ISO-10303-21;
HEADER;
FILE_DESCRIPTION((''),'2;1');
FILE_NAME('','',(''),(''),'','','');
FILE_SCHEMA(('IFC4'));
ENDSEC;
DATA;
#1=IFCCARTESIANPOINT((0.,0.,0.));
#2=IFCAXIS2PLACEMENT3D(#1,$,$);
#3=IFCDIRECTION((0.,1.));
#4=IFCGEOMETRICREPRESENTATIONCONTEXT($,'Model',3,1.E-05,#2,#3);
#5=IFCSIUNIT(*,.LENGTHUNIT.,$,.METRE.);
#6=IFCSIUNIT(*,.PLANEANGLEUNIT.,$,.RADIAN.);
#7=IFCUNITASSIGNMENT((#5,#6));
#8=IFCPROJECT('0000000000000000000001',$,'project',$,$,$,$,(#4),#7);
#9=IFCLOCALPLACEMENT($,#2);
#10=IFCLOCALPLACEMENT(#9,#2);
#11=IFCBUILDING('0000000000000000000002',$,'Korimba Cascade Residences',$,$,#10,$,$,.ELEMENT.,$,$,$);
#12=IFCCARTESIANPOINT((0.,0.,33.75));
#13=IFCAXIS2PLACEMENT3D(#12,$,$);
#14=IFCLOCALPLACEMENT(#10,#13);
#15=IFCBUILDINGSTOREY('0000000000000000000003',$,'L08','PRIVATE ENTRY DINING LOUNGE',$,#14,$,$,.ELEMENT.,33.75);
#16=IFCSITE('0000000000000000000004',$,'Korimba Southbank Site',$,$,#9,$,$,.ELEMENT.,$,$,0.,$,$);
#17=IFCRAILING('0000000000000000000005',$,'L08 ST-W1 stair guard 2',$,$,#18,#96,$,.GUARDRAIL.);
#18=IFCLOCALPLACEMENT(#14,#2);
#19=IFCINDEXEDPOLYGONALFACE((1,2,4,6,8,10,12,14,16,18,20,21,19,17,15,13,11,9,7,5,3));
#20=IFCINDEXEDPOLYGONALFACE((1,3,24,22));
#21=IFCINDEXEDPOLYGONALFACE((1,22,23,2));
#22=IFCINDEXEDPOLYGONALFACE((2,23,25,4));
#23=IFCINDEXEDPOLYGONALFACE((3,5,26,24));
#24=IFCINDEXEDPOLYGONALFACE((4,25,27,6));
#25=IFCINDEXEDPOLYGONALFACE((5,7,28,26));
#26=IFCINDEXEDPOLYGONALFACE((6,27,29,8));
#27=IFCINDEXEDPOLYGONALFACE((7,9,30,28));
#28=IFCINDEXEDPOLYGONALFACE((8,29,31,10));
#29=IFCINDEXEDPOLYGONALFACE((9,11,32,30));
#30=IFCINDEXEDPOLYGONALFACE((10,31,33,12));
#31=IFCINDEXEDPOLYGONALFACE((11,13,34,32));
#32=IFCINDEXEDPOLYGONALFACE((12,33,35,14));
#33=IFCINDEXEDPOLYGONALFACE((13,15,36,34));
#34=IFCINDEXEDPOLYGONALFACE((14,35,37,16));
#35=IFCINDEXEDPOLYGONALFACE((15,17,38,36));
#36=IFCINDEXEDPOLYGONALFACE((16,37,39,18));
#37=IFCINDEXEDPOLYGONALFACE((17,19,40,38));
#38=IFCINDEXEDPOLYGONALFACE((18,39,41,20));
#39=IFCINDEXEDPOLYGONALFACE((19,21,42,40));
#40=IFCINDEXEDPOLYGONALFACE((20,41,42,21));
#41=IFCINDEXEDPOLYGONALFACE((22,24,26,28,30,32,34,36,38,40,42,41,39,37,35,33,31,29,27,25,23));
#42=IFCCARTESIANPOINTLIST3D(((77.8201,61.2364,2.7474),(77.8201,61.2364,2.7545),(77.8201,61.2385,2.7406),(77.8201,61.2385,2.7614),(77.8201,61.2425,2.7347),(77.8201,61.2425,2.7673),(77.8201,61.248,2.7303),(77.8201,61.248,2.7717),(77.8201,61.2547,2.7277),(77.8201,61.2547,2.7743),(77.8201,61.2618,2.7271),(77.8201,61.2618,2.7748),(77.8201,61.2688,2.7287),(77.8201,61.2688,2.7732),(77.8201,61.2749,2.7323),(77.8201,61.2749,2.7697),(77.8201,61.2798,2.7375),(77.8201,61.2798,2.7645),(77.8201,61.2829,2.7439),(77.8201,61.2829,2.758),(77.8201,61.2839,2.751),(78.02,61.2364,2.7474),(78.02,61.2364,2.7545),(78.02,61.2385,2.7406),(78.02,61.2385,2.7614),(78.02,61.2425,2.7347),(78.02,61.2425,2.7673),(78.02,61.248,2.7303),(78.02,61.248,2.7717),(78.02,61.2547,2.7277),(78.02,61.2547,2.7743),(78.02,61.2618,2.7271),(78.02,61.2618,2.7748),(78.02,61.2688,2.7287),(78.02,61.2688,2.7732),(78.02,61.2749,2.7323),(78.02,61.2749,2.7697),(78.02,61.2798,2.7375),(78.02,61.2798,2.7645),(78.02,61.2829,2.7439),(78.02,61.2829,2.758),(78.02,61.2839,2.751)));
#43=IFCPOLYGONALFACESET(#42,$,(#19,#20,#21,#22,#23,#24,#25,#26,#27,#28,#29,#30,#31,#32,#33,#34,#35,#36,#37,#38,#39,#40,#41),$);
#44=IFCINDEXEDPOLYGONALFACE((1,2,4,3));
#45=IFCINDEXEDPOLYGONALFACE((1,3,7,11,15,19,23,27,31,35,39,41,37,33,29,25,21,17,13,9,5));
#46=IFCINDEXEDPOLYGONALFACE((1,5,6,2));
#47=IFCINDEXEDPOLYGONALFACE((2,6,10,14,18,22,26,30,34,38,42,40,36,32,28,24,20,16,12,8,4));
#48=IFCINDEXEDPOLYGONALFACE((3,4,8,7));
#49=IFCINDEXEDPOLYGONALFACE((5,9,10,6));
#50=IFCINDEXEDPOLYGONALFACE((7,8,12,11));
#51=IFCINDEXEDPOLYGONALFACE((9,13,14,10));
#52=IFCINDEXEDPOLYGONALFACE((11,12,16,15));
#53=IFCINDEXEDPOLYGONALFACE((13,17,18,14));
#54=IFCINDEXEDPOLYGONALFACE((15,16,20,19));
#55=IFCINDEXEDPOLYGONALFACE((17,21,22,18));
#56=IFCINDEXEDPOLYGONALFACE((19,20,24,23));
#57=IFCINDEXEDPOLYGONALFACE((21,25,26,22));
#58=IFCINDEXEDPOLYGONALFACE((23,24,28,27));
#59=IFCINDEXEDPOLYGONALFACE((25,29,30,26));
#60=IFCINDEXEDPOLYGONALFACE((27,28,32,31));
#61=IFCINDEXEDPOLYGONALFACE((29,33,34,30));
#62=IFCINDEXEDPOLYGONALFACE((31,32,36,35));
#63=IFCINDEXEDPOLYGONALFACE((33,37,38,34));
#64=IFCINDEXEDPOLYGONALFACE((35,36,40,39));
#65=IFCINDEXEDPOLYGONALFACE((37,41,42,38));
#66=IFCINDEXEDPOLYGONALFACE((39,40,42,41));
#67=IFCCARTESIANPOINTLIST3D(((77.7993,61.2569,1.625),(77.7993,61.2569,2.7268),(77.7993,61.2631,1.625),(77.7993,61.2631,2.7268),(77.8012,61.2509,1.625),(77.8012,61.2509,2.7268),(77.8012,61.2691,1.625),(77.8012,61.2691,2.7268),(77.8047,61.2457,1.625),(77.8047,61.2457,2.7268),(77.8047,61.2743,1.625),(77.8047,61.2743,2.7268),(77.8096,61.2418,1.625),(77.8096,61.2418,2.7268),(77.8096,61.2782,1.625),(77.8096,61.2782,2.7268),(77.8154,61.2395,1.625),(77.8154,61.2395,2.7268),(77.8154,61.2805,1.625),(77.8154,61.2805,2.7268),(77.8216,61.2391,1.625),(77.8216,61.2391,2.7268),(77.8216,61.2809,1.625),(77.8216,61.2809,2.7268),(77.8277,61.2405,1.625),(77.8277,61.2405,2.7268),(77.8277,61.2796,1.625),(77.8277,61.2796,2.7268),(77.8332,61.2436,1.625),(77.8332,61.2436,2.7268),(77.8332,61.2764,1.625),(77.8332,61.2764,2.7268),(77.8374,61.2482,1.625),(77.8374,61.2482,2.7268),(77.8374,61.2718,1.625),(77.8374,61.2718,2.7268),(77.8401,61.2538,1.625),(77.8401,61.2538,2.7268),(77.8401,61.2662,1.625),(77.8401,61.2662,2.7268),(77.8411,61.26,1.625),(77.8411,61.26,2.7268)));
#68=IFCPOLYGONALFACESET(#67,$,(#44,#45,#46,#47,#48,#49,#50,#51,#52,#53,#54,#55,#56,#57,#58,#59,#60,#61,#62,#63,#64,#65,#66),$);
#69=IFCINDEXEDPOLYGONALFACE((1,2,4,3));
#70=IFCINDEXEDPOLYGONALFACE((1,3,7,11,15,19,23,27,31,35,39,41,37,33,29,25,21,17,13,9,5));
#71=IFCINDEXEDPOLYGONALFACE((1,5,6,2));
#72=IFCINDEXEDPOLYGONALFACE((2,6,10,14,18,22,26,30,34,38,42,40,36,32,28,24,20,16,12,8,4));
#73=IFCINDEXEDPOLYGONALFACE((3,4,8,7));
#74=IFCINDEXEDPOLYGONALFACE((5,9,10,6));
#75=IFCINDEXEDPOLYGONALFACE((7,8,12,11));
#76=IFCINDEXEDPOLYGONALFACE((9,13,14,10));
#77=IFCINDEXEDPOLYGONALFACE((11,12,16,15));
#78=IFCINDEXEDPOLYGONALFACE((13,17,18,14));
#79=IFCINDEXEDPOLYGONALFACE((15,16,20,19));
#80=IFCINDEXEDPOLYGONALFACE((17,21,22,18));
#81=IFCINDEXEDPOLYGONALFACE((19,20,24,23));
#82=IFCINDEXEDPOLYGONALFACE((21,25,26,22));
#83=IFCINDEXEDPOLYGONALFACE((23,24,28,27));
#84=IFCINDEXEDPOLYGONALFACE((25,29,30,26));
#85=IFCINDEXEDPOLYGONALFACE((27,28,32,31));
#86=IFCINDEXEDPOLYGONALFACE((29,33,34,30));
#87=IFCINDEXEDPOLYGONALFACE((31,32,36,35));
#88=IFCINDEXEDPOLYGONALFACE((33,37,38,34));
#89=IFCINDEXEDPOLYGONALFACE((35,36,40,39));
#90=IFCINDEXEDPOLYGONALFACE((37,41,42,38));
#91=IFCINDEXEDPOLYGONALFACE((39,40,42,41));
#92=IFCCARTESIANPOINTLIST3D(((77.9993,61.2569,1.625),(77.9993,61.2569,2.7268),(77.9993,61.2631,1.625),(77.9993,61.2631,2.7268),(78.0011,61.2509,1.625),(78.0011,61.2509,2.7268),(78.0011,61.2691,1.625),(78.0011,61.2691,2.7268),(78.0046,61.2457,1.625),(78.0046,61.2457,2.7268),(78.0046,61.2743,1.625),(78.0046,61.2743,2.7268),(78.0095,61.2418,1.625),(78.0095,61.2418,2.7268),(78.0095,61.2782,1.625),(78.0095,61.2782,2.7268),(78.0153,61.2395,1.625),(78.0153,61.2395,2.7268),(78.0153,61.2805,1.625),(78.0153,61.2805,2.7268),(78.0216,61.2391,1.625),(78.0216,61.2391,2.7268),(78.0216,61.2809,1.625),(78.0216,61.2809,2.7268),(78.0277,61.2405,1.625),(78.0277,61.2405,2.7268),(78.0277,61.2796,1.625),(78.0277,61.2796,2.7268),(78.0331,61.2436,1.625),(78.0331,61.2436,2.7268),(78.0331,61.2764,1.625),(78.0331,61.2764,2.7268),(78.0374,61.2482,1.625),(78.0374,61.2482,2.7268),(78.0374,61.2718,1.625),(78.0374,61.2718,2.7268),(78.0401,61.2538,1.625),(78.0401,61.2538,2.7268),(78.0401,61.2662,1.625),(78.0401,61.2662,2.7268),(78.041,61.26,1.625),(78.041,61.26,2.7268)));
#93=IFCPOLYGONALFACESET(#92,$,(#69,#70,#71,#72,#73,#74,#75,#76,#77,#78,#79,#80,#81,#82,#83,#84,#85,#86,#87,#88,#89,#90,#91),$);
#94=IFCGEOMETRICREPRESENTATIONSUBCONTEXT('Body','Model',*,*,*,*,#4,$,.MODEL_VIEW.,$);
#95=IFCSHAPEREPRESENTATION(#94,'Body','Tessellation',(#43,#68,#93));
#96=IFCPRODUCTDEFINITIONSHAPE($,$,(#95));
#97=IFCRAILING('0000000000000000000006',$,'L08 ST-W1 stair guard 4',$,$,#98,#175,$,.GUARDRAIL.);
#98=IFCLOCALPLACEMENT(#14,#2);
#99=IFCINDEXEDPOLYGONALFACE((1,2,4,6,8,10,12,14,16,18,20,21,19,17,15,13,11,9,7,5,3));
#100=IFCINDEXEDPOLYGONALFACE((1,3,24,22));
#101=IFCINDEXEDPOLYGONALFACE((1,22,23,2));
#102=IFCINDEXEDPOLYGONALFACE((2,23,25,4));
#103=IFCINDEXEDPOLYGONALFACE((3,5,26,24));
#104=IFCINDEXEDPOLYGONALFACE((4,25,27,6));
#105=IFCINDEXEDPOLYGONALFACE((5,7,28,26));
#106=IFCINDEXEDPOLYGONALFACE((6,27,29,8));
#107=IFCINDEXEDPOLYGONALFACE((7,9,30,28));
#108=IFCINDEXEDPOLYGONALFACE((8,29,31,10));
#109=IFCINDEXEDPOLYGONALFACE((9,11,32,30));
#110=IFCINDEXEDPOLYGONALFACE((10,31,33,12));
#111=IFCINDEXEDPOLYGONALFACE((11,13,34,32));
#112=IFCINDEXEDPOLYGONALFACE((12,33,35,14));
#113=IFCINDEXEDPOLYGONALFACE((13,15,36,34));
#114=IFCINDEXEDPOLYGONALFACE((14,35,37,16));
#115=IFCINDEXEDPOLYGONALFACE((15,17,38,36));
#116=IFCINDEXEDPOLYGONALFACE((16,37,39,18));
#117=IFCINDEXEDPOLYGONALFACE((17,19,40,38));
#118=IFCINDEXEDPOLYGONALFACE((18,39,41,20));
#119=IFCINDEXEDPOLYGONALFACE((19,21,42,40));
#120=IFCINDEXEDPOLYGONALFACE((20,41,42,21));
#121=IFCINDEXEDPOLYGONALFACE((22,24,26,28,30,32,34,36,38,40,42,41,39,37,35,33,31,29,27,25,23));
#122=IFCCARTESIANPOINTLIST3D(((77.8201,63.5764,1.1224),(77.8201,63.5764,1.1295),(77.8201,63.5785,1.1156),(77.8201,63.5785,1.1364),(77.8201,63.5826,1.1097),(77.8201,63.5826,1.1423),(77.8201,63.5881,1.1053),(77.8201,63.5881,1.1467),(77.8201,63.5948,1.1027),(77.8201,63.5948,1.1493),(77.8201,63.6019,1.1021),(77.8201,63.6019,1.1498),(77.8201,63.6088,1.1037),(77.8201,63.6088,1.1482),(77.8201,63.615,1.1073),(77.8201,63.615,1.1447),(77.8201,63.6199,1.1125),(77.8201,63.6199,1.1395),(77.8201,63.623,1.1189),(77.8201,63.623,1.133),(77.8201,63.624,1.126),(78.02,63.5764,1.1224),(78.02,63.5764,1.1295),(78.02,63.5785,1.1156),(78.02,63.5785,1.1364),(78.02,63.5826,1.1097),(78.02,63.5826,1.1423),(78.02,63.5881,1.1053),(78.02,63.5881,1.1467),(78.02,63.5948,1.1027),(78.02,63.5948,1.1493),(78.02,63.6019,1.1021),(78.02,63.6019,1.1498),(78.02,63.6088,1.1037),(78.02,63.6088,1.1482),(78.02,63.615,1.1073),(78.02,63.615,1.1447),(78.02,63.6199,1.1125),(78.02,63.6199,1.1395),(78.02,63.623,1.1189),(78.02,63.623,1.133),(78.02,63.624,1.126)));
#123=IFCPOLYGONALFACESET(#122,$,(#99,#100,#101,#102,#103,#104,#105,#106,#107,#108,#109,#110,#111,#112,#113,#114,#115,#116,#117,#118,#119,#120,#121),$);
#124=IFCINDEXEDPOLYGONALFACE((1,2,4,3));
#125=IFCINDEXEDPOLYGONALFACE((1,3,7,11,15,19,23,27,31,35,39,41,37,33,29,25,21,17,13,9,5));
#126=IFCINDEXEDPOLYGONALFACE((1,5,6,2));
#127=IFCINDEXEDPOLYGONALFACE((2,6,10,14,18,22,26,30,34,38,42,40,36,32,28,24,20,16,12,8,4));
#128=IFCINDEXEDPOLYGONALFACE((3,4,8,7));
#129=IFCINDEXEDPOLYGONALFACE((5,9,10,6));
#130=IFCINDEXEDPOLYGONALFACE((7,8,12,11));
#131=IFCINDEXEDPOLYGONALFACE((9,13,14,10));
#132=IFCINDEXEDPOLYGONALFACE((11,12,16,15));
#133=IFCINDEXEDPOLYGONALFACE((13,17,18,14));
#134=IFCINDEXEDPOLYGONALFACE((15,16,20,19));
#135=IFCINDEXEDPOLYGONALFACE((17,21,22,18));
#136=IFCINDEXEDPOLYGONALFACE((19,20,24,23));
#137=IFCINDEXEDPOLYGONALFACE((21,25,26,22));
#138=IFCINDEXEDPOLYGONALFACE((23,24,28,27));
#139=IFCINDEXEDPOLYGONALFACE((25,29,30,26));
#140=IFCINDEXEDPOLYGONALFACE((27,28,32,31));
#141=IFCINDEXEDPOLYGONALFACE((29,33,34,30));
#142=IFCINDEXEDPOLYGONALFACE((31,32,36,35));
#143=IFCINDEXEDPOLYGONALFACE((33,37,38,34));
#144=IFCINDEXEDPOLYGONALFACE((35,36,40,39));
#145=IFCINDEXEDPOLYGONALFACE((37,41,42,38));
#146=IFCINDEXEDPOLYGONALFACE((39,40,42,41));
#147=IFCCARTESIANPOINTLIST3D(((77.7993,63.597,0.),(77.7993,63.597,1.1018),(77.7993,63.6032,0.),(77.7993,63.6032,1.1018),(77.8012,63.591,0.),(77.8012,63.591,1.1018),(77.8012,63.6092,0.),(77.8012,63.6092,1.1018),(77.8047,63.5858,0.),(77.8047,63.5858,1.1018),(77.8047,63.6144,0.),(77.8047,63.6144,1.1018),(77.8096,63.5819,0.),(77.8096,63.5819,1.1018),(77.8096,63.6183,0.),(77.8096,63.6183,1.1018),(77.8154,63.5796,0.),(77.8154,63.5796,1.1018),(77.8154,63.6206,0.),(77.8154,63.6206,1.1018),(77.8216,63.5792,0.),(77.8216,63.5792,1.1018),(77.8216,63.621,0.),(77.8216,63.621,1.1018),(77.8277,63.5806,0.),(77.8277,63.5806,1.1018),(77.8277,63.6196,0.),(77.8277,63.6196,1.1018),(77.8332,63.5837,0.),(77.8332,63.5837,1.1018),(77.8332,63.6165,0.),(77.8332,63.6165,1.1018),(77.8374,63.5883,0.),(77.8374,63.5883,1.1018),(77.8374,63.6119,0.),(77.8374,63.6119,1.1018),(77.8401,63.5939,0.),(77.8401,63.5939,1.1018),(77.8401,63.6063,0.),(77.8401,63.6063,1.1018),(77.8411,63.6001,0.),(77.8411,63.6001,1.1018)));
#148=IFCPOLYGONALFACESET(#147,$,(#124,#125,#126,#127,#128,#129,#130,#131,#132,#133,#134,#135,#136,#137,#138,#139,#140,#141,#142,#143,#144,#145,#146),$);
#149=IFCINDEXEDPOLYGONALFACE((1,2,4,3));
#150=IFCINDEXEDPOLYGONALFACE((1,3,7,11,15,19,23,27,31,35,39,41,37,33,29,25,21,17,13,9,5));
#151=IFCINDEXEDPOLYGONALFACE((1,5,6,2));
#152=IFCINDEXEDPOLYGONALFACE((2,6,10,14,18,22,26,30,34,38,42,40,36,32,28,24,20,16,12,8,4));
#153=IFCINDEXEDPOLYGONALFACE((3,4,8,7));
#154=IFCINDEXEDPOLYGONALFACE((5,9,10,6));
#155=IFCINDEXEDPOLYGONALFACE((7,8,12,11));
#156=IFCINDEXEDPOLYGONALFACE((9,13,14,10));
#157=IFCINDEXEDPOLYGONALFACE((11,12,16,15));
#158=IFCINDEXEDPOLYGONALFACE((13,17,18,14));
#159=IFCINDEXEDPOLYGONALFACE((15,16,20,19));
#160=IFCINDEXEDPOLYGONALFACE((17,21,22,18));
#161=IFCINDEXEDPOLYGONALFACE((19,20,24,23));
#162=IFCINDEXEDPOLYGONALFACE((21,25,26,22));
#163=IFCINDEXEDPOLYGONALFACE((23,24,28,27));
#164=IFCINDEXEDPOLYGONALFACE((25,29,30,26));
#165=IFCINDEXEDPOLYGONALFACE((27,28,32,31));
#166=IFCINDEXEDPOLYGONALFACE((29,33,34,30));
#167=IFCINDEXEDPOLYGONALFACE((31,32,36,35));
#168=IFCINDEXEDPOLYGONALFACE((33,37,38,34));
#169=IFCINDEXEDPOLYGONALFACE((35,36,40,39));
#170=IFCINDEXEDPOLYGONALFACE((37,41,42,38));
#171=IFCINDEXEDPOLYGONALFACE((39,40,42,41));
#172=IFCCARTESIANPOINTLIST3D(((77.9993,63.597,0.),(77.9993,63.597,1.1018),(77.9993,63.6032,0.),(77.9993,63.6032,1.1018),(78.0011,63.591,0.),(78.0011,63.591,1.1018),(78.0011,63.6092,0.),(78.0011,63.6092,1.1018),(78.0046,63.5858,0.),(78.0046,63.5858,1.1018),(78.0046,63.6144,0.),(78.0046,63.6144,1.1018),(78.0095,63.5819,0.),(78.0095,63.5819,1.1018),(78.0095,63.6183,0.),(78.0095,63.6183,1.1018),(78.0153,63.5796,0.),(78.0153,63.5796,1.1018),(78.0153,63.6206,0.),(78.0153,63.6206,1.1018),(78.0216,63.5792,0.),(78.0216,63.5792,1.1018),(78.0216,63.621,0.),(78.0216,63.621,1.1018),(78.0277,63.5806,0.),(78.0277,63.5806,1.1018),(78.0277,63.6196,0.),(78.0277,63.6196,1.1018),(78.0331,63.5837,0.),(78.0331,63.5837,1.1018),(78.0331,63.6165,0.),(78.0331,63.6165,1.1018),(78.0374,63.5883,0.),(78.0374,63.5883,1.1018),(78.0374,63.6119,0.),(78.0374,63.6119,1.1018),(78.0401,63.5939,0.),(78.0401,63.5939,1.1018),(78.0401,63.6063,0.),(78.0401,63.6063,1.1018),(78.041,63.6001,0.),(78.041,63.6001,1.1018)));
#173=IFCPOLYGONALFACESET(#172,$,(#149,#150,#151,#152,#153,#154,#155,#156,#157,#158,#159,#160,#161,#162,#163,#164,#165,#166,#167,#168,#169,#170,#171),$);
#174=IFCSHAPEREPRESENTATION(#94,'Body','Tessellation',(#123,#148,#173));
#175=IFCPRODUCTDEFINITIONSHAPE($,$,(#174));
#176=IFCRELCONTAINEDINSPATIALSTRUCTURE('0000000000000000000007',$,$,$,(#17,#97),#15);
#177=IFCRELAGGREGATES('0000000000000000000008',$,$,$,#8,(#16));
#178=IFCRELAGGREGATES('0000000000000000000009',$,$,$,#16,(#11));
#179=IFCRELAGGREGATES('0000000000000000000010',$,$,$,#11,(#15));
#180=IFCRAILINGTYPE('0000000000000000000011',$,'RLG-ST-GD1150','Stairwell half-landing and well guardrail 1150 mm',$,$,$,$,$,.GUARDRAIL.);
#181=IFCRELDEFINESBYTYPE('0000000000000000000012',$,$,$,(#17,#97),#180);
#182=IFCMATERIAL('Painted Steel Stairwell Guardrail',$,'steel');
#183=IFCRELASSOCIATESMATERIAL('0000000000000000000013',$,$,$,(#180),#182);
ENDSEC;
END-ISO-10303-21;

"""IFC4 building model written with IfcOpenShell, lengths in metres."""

from ifc_helpers import new_model, si_unit, direction, frame, origin, origin_2d, place, context, subcontext, project, spatial, circle, extrude, material, type_object, element, save


model = new_model("IFC4")

# Units and contexts
model_context = context("Model", 3, precision=1e-05, world=origin(), true_north=direction((0.0, 1.0)))
body_context = subcontext(model_context, "Body", "Model", "MODEL_VIEW")
ifc_project = project(units=[si_unit("LENGTHUNIT", "METRE"), si_unit("PLANEANGLEUNIT", "RADIAN")], contexts=[model_context])

# Site, building, storey
site_placement = place(None, origin())
site = spatial("IfcSite", under=ifc_project, at=site_placement, Name="Korimba Southbank Site", CompositionType="ELEMENT", RefElevation=0.0)
building_placement = place(site_placement, origin())
building = spatial("IfcBuilding", under=site, at=building_placement, Name="Korimba Cascade Residences", CompositionType="ELEMENT")
storey_placement = place(building_placement, frame((0.0, 0.0, 33.75)))
storey = spatial("IfcBuildingStorey", under=building, at=storey_placement, Name="L08", Description="PRIVATE ENTRY DINING LOUNGE", CompositionType="ELEMENT", Elevation=33.75)

# Railings
ifc_material_1 = material(Name="Painted Steel Stairwell Guardrail", Category="steel")
railing_type_1 = type_object("IfcRailingType", Name="RLG-ST-GD1150", Description="Stairwell half-landing and well guardrail 1150 mm", PredefinedType="GUARDRAIL", material=ifc_material_1)
for number, where, name in (
    (1, (77.8201, 61.26, 1.625), "L08 ST-W1 stair guard 2"),
    (2, (77.8201, 63.6001, 0.0), "L08 ST-W1 stair guard 4"),
):
    element("IfcRailing", number, at=place(storey_placement, frame(where)), inside=storey, type_object=railing_type_1, Name=name, PredefinedType="GUARDRAIL", context=body_context, shape_type="SweptSolid", body=[
        extrude(circle(Radius=0.0239, at=origin_2d()), frame((0.0, 0.0, 1.126), z_axis=(1.0, 0.0, 0.0), x_axis=(0.0, 1.0, 0.0)), (0.0, 0.0, 1.0), 0.2),
        extrude(circle(Radius=0.021, at=origin_2d()), origin(), (0.0, 0.0, 1.0), 1.1018),
        extrude(circle(Radius=0.021, at=origin_2d()), frame((0.2, 0.0, 0.0)), (0.0, 0.0, 1.0), 1.1018),
    ])

save(model, "model.ifc")
